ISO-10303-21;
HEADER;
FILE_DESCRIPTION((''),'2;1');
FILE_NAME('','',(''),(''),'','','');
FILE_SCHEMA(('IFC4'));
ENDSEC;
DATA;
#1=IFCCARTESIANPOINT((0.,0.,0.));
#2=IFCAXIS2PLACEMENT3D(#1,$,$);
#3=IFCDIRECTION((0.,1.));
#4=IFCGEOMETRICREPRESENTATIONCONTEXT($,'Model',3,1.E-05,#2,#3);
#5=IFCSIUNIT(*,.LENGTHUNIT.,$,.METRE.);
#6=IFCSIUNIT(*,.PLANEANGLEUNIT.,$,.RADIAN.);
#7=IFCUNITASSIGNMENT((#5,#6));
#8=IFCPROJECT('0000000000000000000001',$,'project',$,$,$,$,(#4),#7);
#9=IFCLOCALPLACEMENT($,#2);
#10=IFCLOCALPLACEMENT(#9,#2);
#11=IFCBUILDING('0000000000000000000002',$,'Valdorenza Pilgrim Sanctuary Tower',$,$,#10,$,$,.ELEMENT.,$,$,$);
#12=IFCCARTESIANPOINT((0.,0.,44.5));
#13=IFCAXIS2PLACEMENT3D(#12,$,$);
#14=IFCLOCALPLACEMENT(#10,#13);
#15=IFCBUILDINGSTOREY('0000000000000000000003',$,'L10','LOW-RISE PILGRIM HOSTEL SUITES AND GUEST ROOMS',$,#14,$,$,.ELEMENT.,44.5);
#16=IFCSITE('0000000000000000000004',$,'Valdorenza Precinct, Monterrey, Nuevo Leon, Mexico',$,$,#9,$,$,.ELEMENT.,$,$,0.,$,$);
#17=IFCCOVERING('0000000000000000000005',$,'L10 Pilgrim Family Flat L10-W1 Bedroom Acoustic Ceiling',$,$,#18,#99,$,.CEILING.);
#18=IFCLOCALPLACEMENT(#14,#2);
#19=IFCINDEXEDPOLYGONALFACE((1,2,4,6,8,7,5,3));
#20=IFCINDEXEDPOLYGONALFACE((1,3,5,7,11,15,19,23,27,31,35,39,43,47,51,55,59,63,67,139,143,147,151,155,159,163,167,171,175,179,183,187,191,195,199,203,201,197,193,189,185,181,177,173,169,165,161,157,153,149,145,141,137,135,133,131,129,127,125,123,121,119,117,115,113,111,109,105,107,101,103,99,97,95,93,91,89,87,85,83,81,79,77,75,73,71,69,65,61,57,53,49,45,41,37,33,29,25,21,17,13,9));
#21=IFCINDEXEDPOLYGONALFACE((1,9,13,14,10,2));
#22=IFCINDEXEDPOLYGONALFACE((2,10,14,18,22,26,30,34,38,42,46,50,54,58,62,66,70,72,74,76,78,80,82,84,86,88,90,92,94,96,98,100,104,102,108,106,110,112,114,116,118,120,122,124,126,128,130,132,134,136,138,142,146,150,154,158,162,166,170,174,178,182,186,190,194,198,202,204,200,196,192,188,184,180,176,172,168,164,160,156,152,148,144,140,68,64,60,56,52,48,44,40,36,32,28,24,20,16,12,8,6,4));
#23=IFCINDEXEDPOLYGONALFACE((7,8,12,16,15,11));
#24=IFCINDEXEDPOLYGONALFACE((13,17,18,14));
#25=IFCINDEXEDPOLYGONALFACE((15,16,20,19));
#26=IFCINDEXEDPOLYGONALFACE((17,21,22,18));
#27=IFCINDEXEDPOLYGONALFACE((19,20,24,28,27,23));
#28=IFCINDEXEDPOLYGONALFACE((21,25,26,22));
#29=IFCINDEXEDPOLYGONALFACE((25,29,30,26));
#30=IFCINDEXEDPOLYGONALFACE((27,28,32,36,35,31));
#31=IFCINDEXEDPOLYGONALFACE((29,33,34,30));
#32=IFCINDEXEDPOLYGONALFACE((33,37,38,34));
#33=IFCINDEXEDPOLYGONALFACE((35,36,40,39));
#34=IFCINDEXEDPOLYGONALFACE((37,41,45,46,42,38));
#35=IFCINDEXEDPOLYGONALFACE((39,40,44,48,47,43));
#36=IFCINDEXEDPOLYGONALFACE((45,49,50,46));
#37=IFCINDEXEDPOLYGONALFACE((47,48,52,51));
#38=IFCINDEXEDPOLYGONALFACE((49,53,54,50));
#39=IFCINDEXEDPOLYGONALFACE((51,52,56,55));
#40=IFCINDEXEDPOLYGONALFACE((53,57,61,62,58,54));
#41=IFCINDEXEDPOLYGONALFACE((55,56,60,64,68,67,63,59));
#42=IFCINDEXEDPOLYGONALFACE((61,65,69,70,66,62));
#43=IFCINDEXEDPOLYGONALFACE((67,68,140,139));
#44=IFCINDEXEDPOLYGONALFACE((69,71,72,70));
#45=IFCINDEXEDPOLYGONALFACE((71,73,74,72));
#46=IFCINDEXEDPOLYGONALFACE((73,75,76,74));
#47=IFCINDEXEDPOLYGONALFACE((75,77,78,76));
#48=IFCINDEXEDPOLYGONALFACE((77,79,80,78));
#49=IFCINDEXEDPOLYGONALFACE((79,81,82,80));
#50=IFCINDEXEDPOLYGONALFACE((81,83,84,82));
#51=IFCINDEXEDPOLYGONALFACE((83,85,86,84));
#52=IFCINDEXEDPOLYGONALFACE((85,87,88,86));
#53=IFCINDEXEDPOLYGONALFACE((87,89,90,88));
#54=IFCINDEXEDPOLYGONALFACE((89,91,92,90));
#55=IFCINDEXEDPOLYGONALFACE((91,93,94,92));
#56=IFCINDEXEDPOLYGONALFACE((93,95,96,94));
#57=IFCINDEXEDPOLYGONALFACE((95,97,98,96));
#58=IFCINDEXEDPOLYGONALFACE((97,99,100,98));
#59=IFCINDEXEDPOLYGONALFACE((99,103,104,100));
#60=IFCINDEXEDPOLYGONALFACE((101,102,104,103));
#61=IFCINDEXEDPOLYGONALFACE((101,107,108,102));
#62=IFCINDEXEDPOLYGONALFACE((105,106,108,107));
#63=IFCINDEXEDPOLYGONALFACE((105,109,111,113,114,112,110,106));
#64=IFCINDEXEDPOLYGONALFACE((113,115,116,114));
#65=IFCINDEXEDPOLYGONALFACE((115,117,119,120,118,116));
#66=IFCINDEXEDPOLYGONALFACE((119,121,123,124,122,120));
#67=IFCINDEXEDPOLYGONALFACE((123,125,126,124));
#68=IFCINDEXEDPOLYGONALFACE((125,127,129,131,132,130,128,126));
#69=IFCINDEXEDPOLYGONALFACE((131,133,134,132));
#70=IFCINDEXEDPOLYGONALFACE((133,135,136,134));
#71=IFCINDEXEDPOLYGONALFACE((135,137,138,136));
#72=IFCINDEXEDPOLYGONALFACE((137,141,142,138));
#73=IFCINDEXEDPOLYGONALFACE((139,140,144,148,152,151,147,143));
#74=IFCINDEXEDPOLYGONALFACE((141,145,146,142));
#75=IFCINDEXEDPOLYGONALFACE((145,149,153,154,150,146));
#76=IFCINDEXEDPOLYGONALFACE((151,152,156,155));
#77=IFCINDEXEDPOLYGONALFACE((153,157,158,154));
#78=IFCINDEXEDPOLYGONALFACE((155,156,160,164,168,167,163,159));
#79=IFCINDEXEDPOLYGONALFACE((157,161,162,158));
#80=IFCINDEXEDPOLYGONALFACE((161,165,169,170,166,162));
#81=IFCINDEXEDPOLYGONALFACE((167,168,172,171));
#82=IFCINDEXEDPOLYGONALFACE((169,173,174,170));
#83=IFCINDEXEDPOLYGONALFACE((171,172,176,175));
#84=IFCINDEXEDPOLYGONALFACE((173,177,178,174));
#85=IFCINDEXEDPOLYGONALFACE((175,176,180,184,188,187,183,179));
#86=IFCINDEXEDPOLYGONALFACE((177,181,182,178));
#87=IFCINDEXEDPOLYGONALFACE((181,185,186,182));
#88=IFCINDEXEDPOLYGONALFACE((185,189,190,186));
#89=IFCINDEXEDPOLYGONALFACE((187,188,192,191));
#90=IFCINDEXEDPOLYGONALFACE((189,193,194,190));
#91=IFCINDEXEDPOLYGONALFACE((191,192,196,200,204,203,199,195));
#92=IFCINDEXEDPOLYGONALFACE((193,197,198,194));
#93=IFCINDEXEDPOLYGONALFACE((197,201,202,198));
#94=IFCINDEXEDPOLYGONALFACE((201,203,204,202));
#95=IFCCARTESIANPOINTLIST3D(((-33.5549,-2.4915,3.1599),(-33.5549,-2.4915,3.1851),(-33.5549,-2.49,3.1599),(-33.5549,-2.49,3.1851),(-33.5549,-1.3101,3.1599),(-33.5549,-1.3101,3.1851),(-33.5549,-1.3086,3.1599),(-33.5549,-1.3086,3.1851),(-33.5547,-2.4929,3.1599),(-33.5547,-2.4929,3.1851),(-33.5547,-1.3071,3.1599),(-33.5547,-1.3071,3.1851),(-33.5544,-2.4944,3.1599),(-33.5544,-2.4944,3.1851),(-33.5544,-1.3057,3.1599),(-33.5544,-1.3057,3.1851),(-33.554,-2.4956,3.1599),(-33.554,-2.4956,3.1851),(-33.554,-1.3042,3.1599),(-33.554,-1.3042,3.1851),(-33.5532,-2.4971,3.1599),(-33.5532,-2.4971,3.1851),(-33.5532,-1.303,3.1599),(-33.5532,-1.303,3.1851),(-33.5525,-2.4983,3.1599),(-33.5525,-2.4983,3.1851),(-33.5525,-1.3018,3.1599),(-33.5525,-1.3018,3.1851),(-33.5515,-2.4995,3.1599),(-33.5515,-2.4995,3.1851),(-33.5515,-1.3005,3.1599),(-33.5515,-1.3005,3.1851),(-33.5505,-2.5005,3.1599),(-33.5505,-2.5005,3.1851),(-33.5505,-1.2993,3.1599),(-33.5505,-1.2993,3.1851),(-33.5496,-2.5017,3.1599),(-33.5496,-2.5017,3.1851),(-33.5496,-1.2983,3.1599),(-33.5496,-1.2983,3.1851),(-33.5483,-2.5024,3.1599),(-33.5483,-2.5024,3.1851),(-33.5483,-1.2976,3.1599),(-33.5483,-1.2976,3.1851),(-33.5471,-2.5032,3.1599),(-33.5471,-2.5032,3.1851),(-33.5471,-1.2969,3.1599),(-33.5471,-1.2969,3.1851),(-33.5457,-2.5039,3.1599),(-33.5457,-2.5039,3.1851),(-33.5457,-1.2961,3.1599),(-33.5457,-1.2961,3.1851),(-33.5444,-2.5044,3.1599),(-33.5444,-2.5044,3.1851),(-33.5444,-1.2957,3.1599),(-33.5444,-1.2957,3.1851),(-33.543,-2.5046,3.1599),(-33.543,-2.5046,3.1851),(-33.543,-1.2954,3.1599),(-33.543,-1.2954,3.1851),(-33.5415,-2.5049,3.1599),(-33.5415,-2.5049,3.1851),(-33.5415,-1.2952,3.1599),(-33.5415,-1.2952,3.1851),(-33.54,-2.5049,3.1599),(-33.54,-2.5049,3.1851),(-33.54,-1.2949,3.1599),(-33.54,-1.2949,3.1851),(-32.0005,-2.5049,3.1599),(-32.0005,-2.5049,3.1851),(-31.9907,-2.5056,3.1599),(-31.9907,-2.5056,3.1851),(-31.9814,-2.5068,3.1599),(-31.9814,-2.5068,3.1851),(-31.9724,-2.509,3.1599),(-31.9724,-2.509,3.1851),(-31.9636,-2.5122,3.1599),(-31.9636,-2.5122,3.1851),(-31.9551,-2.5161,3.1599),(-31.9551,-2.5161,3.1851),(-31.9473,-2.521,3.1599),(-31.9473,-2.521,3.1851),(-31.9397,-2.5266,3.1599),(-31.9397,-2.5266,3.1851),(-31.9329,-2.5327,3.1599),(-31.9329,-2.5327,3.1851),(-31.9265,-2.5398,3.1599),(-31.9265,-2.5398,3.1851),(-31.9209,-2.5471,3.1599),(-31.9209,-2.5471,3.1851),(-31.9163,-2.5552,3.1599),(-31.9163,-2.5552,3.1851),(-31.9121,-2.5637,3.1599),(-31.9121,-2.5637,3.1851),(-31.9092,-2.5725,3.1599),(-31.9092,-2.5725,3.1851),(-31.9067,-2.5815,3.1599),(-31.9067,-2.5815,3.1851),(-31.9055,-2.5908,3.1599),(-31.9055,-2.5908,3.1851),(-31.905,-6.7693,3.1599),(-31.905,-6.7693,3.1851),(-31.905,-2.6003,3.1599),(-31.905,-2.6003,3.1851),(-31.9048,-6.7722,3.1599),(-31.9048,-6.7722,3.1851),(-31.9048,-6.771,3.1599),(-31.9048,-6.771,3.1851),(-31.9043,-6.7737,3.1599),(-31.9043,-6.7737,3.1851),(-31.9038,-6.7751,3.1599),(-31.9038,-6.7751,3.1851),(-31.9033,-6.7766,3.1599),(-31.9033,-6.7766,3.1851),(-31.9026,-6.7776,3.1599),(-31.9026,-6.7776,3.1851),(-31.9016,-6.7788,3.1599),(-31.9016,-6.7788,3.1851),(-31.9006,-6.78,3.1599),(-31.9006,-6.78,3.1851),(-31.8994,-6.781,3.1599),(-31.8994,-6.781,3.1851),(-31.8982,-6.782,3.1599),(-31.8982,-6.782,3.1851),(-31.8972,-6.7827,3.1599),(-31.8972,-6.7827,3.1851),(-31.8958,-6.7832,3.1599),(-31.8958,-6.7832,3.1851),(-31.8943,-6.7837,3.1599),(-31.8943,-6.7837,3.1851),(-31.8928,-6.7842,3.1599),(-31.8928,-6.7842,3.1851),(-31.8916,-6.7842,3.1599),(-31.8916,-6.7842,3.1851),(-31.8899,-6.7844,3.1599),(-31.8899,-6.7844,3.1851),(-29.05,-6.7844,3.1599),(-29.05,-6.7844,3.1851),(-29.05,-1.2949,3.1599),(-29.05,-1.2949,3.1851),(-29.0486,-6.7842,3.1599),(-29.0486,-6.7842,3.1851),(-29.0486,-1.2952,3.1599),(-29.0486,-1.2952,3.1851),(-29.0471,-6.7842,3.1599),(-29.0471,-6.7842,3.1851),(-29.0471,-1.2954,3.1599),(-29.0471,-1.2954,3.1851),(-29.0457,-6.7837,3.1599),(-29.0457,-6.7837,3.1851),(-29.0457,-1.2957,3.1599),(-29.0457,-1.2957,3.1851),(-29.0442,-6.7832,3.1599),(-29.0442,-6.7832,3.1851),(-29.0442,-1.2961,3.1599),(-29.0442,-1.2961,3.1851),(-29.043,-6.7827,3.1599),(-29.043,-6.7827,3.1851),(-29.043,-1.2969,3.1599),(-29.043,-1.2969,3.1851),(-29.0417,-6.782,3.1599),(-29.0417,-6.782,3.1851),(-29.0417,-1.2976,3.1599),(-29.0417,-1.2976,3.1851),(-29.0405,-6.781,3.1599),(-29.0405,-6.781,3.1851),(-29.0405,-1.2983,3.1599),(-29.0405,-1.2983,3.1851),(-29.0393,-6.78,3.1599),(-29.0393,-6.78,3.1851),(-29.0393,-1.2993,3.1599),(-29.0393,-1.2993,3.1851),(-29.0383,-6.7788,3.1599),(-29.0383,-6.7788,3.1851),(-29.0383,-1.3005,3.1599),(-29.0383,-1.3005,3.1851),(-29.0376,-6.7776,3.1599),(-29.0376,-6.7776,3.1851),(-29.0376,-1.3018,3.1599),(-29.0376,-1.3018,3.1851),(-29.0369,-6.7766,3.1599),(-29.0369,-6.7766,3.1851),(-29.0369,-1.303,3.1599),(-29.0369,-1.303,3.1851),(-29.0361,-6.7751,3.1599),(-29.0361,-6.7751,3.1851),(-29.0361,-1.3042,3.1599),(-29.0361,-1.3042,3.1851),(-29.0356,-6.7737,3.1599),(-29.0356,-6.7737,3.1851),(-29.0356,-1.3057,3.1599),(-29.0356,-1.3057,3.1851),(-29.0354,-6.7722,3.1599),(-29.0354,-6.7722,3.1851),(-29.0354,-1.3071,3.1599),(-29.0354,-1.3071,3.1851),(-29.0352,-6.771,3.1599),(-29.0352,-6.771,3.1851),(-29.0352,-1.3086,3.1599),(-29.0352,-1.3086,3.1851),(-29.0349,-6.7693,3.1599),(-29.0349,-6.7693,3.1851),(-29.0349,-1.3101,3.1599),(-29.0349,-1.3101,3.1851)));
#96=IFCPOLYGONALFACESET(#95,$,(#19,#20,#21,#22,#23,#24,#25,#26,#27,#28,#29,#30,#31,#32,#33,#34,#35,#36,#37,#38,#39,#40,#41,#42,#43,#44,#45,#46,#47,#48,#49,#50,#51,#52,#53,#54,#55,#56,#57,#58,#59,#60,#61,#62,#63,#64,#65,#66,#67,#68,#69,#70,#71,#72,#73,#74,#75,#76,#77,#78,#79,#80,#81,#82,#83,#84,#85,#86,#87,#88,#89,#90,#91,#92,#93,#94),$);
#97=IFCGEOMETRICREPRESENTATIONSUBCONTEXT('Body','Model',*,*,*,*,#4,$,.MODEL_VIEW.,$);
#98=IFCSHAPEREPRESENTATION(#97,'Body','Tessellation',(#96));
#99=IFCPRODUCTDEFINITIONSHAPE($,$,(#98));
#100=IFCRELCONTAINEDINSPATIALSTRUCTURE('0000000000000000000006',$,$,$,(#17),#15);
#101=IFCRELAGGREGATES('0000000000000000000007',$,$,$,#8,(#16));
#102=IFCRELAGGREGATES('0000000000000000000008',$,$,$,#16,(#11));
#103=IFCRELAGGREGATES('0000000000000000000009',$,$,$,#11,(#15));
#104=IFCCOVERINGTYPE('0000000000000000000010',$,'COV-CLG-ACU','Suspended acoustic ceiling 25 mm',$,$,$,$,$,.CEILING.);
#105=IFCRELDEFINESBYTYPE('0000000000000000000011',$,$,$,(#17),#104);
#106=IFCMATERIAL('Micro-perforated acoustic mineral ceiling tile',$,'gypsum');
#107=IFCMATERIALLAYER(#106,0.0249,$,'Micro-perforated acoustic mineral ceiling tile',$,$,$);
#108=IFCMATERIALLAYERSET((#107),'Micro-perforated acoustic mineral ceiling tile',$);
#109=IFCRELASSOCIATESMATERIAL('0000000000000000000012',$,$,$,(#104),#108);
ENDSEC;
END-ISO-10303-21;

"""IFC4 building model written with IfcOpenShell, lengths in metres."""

from ifc_helpers import new_model, si_unit, direction, frame, origin, place, context, subcontext, project, spatial, polyline, outline, extrude, material, layer, layer_set, type_object, element, save


model = new_model("IFC4")

# Units and contexts
model_context = context("Model", 3, precision=1e-05, world=origin(), true_north=direction((0.0, 1.0)))
body_context = subcontext(model_context, "Body", "Model", "MODEL_VIEW")
ifc_project = project(units=[si_unit("LENGTHUNIT", "METRE"), si_unit("PLANEANGLEUNIT", "RADIAN")], contexts=[model_context])

# Site, building, storey
site_placement = place(None, origin())
site = spatial("IfcSite", under=ifc_project, at=site_placement, Name="Valdorenza Precinct, Monterrey, Nuevo Leon, Mexico", CompositionType="ELEMENT", RefElevation=0.0)
building_placement = place(site_placement, origin())
building = spatial("IfcBuilding", under=site, at=building_placement, Name="Valdorenza Pilgrim Sanctuary Tower", CompositionType="ELEMENT")
storey_placement = place(building_placement, frame((0.0, 0.0, 44.5)))
storey = spatial("IfcBuildingStorey", under=building, at=storey_placement, Name="L10", Description="LOW-RISE PILGRIM HOSTEL SUITES AND GUEST ROOMS", CompositionType="ELEMENT", Elevation=44.5)

# Covering
ifc_material_1 = material(Name="Micro-perforated acoustic mineral ceiling tile", Category="gypsum")
ifc_layer_1 = layer(ifc_material_1, 0.0249, Name="Micro-perforated acoustic mineral ceiling tile")
ifc_layer_set_1 = layer_set([ifc_layer_1], Name="Micro-perforated acoustic mineral ceiling tile")
covering_type_1 = type_object("IfcCoveringType", Name="COV-CLG-ACU", Description="Suspended acoustic ceiling 25 mm", PredefinedType="CEILING", material=ifc_layer_set_1)
covering_1_placement = place(storey_placement, frame((0.0, 0.0, 3.1599)))
element("IfcCovering", 1, at=covering_1_placement, inside=storey, type_object=covering_type_1, Name="L10 Pilgrim Family Flat L10-W1 Bedroom Acoustic Ceiling", PredefinedType="CEILING", context=body_context, shape_type="SweptSolid", body=[
    extrude(outline(polyline([(-29.0349, -6.7693), (-29.0352, -6.771), (-29.0354, -6.7722), (-29.0356, -6.7737), (-29.0361, -6.7751), (-29.0369, -6.7766), (-29.0376, -6.7776), (-29.0383, -6.7788), (-29.0393, -6.78), (-29.0405, -6.781), (-29.0417, -6.782), (-29.043, -6.7827), (-29.0442, -6.7832), (-29.0457, -6.7837), (-29.0471, -6.7842), (-29.0486, -6.7842), (-29.05, -6.7844), (-31.8899, -6.7844), (-31.8916, -6.7842), (-31.8928, -6.7842), (-31.8943, -6.7837), (-31.8958, -6.7832), (-31.8972, -6.7827), (-31.8982, -6.782), (-31.8994, -6.781), (-31.9006, -6.78), (-31.9016, -6.7788), (-31.9026, -6.7776), (-31.9033, -6.7766), (-31.9038, -6.7751), (-31.9043, -6.7737), (-31.9048, -6.7722), (-31.9048, -6.771), (-31.905, -6.7693), (-31.905, -2.6003), (-31.9055, -2.5908), (-31.9067, -2.5815), (-31.9092, -2.5725), (-31.9121, -2.5637), (-31.9163, -2.5552), (-31.9209, -2.5471), (-31.9265, -2.5398), (-31.9329, -2.5327), (-31.9397, -2.5266), (-31.9473, -2.521), (-31.9551, -2.5161), (-31.9636, -2.5122), (-31.9724, -2.509), (-31.9814, -2.5068), (-31.9907, -2.5056), (-32.0005, -2.5049), (-33.54, -2.5049), (-33.5415, -2.5049), (-33.543, -2.5046), (-33.5444, -2.5044), (-33.5457, -2.5039), (-33.5471, -2.5032), (-33.5483, -2.5024), (-33.5496, -2.5017), (-33.5505, -2.5005), (-33.5515, -2.4995), (-33.5525, -2.4983), (-33.5532, -2.4971), (-33.554, -2.4956), (-33.5544, -2.4944), (-33.5547, -2.4929), (-33.5549, -2.4915), (-33.5549, -2.49), (-33.5549, -1.3101), (-33.5549, -1.3086), (-33.5547, -1.3071), (-33.5544, -1.3057), (-33.554, -1.3042), (-33.5532, -1.303), (-33.5525, -1.3018), (-33.5515, -1.3005), (-33.5505, -1.2993), (-33.5496, -1.2983), (-33.5483, -1.2976), (-33.5471, -1.2969), (-33.5457, -1.2961), (-33.5444, -1.2957), (-33.543, -1.2954), (-33.5415, -1.2952), (-33.54, -1.2949), (-29.05, -1.2949), (-29.0486, -1.2952), (-29.0471, -1.2954), (-29.0457, -1.2957), (-29.0442, -1.2961), (-29.043, -1.2969), (-29.0417, -1.2976), (-29.0405, -1.2983), (-29.0393, -1.2993), (-29.0383, -1.3005), (-29.0376, -1.3018), (-29.0369, -1.303), (-29.0361, -1.3042), (-29.0356, -1.3057), (-29.0354, -1.3071), (-29.0352, -1.3086), (-29.0349, -1.3101), (-29.0349, -6.7693)])), origin(), (0.0, 0.0, 1.0), 0.0251),
])

save(model, "model.ifc")
